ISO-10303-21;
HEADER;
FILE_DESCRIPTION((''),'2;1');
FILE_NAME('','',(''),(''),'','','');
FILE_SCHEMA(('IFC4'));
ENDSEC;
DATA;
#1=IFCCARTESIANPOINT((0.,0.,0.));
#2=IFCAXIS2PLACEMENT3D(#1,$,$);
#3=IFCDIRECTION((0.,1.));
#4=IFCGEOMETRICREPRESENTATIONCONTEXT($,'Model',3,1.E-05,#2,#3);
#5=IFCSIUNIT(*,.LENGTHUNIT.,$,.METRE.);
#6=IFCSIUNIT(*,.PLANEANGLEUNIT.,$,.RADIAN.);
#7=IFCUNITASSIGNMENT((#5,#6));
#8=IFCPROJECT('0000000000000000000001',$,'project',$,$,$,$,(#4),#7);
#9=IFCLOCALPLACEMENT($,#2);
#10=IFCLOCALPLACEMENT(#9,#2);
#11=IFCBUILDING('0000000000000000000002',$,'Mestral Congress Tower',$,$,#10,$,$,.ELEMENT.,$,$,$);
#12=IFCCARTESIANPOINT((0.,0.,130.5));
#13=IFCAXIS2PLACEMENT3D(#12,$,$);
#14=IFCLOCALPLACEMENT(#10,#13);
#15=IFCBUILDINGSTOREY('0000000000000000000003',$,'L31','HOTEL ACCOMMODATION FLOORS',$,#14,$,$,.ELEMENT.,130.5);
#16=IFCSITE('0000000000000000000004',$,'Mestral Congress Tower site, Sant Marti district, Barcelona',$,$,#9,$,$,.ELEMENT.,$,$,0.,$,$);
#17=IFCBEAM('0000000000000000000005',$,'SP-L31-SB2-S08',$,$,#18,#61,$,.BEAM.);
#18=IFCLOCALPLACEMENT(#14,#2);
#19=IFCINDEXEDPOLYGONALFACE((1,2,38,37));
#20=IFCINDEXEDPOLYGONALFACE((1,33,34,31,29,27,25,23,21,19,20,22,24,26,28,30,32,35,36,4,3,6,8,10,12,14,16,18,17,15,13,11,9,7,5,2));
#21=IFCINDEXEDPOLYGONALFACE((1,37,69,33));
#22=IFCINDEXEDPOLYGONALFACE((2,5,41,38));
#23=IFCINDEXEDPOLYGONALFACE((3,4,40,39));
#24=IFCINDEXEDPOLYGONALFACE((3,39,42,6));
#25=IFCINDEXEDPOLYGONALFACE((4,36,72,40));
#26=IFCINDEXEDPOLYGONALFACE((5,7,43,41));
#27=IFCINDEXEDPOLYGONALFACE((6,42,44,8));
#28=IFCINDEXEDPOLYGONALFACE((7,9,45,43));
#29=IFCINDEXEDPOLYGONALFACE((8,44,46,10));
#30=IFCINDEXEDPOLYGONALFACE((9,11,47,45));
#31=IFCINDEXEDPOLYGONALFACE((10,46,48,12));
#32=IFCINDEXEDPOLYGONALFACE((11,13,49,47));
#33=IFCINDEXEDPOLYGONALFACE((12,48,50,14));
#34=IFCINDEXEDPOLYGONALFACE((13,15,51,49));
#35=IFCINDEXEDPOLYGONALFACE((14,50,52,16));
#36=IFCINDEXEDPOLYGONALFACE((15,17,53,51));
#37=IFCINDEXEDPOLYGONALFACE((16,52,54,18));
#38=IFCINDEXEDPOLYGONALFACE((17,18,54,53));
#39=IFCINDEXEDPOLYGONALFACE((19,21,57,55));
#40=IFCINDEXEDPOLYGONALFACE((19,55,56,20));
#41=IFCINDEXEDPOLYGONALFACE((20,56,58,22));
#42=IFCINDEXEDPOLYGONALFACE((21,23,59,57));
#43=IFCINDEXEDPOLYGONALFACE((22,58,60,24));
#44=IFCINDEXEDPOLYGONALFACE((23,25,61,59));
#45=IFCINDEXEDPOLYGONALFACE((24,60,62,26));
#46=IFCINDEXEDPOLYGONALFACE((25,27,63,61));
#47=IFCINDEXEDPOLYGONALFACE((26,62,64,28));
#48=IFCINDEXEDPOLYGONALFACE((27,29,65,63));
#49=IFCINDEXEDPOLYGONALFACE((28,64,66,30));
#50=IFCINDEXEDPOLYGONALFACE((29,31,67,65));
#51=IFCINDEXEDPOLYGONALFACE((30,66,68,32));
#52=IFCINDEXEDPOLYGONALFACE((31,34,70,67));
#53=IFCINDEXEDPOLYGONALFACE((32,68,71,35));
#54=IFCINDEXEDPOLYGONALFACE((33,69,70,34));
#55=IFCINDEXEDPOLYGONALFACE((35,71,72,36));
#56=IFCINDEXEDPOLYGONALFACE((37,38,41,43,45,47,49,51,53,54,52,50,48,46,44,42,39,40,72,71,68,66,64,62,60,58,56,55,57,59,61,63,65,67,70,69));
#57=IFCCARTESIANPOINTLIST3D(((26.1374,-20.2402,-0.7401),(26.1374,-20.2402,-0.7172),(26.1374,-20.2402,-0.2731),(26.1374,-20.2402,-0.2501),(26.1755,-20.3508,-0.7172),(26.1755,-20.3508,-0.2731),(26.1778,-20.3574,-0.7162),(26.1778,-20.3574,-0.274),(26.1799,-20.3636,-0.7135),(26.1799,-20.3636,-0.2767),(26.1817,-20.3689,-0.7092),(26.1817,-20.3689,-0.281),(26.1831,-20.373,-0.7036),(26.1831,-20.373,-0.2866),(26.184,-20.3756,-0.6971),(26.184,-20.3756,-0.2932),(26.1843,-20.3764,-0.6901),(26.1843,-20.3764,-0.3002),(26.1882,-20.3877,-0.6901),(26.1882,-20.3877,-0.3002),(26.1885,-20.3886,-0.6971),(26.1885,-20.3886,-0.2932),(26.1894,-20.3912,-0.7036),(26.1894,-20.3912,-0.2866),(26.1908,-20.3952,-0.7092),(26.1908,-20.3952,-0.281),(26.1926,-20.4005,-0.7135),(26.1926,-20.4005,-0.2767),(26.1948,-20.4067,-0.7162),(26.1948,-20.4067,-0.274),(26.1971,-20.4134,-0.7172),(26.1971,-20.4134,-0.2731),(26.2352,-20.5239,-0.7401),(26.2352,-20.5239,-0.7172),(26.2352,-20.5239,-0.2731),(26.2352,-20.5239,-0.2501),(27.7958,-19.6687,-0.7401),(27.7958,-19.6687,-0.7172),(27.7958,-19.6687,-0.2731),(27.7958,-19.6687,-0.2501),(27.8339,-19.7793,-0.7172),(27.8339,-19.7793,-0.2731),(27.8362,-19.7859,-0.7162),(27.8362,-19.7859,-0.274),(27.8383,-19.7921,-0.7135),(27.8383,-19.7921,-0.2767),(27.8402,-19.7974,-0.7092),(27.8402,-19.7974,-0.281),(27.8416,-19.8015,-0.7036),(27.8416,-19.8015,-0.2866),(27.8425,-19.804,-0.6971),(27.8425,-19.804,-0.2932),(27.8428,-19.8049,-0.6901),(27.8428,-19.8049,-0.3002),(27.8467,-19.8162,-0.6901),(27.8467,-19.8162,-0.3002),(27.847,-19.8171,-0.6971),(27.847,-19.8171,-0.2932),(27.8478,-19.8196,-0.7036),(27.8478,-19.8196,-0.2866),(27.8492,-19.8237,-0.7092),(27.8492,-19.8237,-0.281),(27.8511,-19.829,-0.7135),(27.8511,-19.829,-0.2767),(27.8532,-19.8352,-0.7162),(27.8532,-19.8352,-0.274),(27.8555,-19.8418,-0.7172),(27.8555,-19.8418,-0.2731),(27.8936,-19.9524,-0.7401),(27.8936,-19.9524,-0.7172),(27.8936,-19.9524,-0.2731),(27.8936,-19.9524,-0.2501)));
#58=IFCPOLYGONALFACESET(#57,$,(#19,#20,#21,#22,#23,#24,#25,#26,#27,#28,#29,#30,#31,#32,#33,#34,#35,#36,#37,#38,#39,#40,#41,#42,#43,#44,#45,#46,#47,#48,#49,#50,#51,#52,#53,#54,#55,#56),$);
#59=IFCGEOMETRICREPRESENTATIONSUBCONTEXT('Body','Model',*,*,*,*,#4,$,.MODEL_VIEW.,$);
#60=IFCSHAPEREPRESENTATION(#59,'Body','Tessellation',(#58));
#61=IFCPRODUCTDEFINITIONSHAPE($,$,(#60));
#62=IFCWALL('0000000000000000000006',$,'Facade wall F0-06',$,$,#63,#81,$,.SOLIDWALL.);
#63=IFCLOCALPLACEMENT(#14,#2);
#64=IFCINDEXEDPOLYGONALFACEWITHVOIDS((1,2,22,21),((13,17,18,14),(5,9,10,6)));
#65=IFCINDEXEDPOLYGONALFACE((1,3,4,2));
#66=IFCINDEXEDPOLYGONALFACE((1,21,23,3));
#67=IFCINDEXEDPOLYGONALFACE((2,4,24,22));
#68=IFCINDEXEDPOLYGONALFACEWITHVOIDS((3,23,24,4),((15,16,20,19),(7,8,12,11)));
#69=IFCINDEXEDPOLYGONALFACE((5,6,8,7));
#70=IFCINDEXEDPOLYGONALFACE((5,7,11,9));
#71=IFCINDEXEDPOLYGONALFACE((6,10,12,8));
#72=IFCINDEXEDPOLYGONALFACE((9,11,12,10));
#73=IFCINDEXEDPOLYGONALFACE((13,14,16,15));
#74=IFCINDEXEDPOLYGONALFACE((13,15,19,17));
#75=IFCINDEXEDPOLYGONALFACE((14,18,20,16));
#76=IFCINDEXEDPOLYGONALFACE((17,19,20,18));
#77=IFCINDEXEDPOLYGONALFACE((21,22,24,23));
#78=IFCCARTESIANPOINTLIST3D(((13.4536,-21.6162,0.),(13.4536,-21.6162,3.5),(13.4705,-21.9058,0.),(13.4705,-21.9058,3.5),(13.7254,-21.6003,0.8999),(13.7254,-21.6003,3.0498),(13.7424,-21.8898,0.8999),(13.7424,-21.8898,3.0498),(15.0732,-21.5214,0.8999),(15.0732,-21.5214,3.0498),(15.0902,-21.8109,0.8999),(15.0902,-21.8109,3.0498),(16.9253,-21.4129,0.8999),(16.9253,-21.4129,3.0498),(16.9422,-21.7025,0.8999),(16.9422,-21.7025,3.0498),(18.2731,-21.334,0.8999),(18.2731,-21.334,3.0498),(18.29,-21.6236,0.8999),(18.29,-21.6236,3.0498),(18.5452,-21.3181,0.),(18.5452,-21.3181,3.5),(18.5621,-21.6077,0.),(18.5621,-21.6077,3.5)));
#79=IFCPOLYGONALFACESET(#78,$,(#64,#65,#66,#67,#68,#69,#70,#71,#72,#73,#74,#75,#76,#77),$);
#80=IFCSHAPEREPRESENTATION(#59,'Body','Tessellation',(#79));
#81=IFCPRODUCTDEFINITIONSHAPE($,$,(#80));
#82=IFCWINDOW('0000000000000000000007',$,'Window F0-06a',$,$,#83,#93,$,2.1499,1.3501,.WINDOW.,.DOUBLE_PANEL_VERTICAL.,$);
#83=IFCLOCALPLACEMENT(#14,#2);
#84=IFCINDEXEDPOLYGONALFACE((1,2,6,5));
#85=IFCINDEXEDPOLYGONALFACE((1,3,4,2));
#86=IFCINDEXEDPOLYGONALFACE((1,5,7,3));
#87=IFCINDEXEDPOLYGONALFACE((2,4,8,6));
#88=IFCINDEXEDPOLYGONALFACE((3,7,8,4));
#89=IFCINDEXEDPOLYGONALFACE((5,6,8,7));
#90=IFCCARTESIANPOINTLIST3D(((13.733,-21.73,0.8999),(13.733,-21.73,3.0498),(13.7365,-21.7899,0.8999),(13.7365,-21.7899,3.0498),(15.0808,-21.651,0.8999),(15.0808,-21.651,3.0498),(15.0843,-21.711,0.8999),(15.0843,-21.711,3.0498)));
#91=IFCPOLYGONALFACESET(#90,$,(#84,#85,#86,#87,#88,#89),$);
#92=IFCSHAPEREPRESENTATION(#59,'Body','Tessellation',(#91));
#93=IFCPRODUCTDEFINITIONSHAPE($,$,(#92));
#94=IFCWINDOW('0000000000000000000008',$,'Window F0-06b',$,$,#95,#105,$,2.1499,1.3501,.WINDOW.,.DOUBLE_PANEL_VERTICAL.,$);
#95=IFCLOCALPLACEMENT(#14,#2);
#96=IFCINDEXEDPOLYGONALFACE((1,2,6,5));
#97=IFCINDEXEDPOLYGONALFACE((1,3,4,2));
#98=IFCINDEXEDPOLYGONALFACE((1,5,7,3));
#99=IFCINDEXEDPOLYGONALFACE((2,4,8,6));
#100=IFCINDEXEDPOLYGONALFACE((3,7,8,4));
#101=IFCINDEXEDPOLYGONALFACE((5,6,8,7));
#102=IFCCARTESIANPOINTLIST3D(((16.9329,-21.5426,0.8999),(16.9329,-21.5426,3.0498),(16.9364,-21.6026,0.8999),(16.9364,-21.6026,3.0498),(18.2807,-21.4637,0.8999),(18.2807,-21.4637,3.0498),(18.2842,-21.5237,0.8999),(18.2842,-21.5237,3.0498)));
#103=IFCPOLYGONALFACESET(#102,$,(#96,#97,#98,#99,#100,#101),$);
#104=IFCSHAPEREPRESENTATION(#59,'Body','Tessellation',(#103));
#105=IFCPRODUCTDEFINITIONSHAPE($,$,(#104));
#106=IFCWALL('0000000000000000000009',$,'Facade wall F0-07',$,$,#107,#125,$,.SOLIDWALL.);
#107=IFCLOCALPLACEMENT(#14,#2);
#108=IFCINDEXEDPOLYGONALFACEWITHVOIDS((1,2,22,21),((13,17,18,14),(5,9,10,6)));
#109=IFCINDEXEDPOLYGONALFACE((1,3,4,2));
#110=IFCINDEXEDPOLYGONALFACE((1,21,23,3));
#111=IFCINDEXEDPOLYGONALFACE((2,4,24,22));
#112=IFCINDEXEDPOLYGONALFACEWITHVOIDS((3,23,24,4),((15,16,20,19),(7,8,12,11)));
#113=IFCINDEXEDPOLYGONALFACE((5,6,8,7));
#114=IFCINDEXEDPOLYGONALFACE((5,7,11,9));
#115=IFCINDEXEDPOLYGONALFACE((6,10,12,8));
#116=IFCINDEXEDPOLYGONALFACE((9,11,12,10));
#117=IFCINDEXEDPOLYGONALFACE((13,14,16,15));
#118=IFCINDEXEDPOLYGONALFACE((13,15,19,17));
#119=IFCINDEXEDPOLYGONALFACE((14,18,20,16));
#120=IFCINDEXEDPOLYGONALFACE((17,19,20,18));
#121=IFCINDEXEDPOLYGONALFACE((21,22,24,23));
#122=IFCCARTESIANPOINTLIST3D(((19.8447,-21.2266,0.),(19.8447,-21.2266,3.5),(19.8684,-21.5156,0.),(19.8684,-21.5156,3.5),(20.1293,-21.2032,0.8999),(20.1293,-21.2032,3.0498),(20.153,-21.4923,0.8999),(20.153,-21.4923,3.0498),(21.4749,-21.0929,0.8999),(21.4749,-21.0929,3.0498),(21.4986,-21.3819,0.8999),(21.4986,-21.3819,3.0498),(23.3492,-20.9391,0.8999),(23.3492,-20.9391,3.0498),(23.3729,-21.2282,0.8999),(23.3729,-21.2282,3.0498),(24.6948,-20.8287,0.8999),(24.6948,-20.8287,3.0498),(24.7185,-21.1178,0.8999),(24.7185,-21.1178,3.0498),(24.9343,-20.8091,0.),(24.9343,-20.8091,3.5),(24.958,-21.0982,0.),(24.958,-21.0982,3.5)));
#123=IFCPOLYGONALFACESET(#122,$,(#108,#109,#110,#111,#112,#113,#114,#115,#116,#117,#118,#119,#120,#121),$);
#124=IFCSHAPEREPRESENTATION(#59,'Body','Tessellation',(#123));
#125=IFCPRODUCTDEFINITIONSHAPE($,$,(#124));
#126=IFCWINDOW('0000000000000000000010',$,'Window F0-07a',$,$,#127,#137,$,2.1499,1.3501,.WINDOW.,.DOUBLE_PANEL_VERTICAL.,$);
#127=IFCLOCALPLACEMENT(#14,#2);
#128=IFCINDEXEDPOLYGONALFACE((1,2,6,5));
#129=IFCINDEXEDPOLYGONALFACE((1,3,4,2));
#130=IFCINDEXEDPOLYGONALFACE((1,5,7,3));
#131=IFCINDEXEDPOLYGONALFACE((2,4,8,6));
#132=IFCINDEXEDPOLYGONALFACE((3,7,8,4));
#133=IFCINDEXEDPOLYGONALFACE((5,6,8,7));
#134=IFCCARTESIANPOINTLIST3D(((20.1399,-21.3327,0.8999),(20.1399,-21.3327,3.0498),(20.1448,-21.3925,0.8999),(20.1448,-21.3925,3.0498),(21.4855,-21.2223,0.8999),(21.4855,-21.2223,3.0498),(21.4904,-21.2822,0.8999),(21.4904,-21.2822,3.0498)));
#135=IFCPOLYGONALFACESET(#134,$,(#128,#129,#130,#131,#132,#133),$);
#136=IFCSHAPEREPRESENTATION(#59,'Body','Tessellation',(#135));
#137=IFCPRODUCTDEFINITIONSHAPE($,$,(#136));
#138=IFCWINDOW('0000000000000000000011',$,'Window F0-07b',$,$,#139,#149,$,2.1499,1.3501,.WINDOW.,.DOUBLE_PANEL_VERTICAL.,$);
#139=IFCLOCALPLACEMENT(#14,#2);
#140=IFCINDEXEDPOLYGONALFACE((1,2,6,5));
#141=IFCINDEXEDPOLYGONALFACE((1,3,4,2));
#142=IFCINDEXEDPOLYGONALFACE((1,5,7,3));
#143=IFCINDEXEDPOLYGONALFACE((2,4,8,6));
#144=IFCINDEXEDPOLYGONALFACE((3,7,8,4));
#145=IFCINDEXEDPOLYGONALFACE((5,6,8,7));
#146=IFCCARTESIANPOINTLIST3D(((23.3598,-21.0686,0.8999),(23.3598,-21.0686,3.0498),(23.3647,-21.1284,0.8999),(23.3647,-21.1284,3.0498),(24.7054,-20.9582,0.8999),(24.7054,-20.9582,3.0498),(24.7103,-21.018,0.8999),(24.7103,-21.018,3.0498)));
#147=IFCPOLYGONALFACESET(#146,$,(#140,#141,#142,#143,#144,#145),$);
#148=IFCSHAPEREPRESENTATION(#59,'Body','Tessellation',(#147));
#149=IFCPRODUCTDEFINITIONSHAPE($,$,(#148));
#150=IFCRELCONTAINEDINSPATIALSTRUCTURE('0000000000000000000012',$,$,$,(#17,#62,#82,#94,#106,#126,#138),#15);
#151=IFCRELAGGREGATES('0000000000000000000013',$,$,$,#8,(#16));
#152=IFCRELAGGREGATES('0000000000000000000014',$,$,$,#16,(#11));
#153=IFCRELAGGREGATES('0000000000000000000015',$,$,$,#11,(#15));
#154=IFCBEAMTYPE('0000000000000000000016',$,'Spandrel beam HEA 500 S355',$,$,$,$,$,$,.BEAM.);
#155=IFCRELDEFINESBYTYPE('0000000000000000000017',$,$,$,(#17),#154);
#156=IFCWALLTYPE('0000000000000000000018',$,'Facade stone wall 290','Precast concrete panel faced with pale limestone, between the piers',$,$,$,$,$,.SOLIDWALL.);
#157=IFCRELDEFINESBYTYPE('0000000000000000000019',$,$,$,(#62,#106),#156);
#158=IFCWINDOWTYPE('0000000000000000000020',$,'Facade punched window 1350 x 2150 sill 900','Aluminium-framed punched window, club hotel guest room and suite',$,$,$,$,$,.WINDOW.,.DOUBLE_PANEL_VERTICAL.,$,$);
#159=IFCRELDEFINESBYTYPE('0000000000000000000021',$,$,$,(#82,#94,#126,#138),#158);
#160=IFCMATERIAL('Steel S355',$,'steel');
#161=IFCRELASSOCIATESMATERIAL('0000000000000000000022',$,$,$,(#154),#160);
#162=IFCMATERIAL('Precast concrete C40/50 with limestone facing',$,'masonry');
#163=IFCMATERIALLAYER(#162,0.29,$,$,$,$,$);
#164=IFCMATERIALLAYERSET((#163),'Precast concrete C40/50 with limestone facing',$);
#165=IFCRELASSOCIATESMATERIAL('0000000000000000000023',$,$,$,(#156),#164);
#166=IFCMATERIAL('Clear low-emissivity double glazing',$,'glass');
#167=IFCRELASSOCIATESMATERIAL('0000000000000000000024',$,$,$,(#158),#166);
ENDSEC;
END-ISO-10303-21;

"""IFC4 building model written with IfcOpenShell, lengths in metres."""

from ifc_helpers import new_model, si_unit, direction, frame, frame_2d, origin, origin_2d, place, context, subcontext, project, spatial, rectangle, i_section, extrude, material, layer, layer_set, material_profile, profile_set, type_object, element, fill, save


model = new_model("IFC4")

# Units and contexts
model_context = context("Model", 3, precision=1e-05, world=origin(), true_north=direction((0.0, 1.0)))
body_context = subcontext(model_context, "Body", "Model", "MODEL_VIEW")
ifc_project = project(units=[si_unit("LENGTHUNIT", "METRE"), si_unit("PLANEANGLEUNIT", "RADIAN")], contexts=[model_context])

# Site, building, storey
site_placement = place(None, origin())
site = spatial("IfcSite", under=ifc_project, at=site_placement, Name="Mestral Congress Tower site, Sant Marti district, Barcelona", CompositionType="ELEMENT", RefElevation=0.0)
building_placement = place(site_placement, origin())
building = spatial("IfcBuilding", under=site, at=building_placement, Name="Mestral Congress Tower", CompositionType="ELEMENT")
storey_placement = place(building_placement, frame((0.0, 0.0, 130.5)))
storey = spatial("IfcBuildingStorey", under=building, at=storey_placement, Name="L31", Description="HOTEL ACCOMMODATION FLOORS", CompositionType="ELEMENT", Elevation=130.5)

# Beam
ifc_material_1 = material(Name="Steel S355", Category="steel")
ifc_material_profile_1 = material_profile(ifc_material_1, i_section(OverallWidth=0.3, OverallDepth=0.49, WebThickness=0.012, FlangeThickness=0.0229, FilletRadius=0.0271, at=origin_2d()), Name="HEA 500")
ifc_profile_set_1 = profile_set([ifc_material_profile_1], Name="Steel S355")
beam_type_1 = type_object("IfcBeamType", Name="Spandrel beam HEA 500 S355", PredefinedType="BEAM", material=ifc_profile_set_1)
beam_1_placement = place(storey_placement, frame((26.1863, -20.3821, -0.4951), z_axis=(0.945434, 0.325815, 0.0), x_axis=(-0.325815, 0.945434, 0.0)))
element("IfcBeam", 1, at=beam_1_placement, inside=storey, type_object=beam_type_1, Name="SP-L31-SB2-S08", PredefinedType="BEAM", context=body_context, shape_type="SweptSolid", body=[
    extrude(i_section(OverallWidth=0.3, OverallDepth=0.49, WebThickness=0.012, FlangeThickness=0.0229, FilletRadius=0.0271, at=origin_2d()), origin(), (0.0, 0.0, 1.0), 1.7542),
])

# Walls, openings, windows
ifc_material_2 = material(Name="Precast concrete C40/50 with limestone facing", Category="masonry")
ifc_layer_1 = layer(ifc_material_2, 0.29)
ifc_layer_set_1 = layer_set([ifc_layer_1], Name="Precast concrete C40/50 with limestone facing")
wall_type_1 = type_object("IfcWallType", Name="Facade stone wall 290", Description="Precast concrete panel faced with pale limestone, between the piers", PredefinedType="SOLIDWALL", material=ifc_layer_set_1)
wall_1_placement = place(storey_placement, frame((13.4619, -21.761, 0.0), z_axis=(0.0, 0.0, 1.0), x_axis=(0.998291, 0.058447, 0.0)))
wall_1 = element("IfcWall", 2, at=wall_1_placement, inside=storey, type_object=wall_type_1, Name="Facade wall F0-06", PredefinedType="SOLIDWALL", context=body_context, shape_type="SweptSolid", body=[
    extrude(rectangle(XDim=5.1003, YDim=0.29, at=frame_2d((2.5503, 0.0))), origin(), (0.0, 0.0, 1.0), 3.5),
])
opening_1_placement = place(wall_1_placement, frame((0.2725, 0.0, 0.8999)))
opening_1 = element("IfcOpeningElement", 3, at=opening_1_placement, cuts=wall_1, PredefinedType="OPENING", context=body_context, shape_type="SweptSolid", body=[
    extrude(rectangle(XDim=1.3501, YDim=2.1499, at=frame_2d((0.675, 1.075))), frame((0.0, 0.155, 0.0), z_axis=(0.0, -1.0, 0.0), x_axis=(1.0, 0.0, 0.0)), (0.0, 0.0, 1.0), 0.3101),
])
opening_2_placement = place(wall_1_placement, frame((3.4778, 0.0, 0.8999)))
opening_2 = element("IfcOpeningElement", 4, at=opening_2_placement, cuts=wall_1, PredefinedType="OPENING", context=body_context, shape_type="SweptSolid", body=[
    extrude(rectangle(XDim=1.3501, YDim=2.1499, at=frame_2d((0.675, 1.075))), frame((0.0, 0.155, 0.0), z_axis=(0.0, -1.0, 0.0), x_axis=(1.0, 0.0, 0.0)), (0.0, 0.0, 1.0), 0.3101),
])
ifc_material_3 = material(Name="Clear low-emissivity double glazing", Category="glass")
window_type_1 = type_object("IfcWindowType", Name="Facade punched window 1350 x 2150 sill 900", Description="Aluminium-framed punched window, club hotel guest room and suite", PartitioningType="DOUBLE_PANEL_VERTICAL", PredefinedType="WINDOW", material=ifc_material_3)
window_1_placement = place(opening_1_placement, origin())
window_1 = element("IfcWindow", 5, at=window_1_placement, inside=storey, type_object=window_type_1, Name="Window F0-06a", OverallHeight=2.1499, OverallWidth=1.3501, PartitioningType="DOUBLE_PANEL_VERTICAL", PredefinedType="WINDOW", context=body_context, shape_type="SweptSolid", body=[
    extrude(rectangle(XDim=1.3501, YDim=2.1499, at=frame_2d((0.675, 1.075))), frame((0.0, 0.0151, 0.0), z_axis=(0.0, -1.0, 0.0), x_axis=(1.0, 0.0, 0.0)), (0.0, 0.0, 1.0), 0.0601),
])
fill(opening_1, window_1)
window_2_placement = place(opening_2_placement, origin())
window_2 = element("IfcWindow", 6, at=window_2_placement, inside=storey, type_object=window_type_1, Name="Window F0-06b", OverallHeight=2.1499, OverallWidth=1.3501, PartitioningType="DOUBLE_PANEL_VERTICAL", PredefinedType="WINDOW", context=body_context, shape_type="SweptSolid", body=[
    extrude(rectangle(XDim=1.3501, YDim=2.1499, at=frame_2d((0.675, 1.075))), frame((0.0, 0.0151, 0.0), z_axis=(0.0, -1.0, 0.0), x_axis=(1.0, 0.0, 0.0)), (0.0, 0.0, 1.0), 0.0601),
])
fill(opening_2, window_2)
wall_2_placement = place(storey_placement, frame((19.8567, -21.3711, 0.0), z_axis=(0.0, 0.0, 1.0), x_axis=(0.996653, 0.081752, 0.0)))
wall_2 = element("IfcWall", 7, at=wall_2_placement, inside=storey, type_object=wall_type_1, Name="Facade wall F0-07", PredefinedType="SOLIDWALL", context=body_context, shape_type="SweptSolid", body=[
    extrude(rectangle(XDim=5.1067, YDim=0.29, at=frame_2d((2.5532, 0.0))), origin(), (0.0, 0.0, 1.0), 3.5),
])
opening_3_placement = place(wall_2_placement, frame((0.2854, 0.0, 0.8999)))
opening_3 = element("IfcOpeningElement", 8, at=opening_3_placement, cuts=wall_2, PredefinedType="OPENING", context=body_context, shape_type="SweptSolid", body=[
    extrude(rectangle(XDim=1.3501, YDim=2.1499, at=frame_2d((0.675, 1.075))), frame((0.0, 0.155, 0.0), z_axis=(0.0, -1.0, 0.0), x_axis=(1.0, 0.0, 0.0)), (0.0, 0.0, 1.0), 0.3101),
])
opening_4_placement = place(wall_2_placement, frame((3.5161, 0.0, 0.8999)))
opening_4 = element("IfcOpeningElement", 9, at=opening_4_placement, cuts=wall_2, PredefinedType="OPENING", context=body_context, shape_type="SweptSolid", body=[
    extrude(rectangle(XDim=1.3501, YDim=2.1499, at=frame_2d((0.675, 1.075))), frame((0.0, 0.155, 0.0), z_axis=(0.0, -1.0, 0.0), x_axis=(1.0, 0.0, 0.0)), (0.0, 0.0, 1.0), 0.3101),
])
window_3_placement = place(opening_3_placement, origin())
window_3 = element("IfcWindow", 10, at=window_3_placement, inside=storey, type_object=window_type_1, Name="Window F0-07a", OverallHeight=2.1499, OverallWidth=1.3501, PartitioningType="DOUBLE_PANEL_VERTICAL", PredefinedType="WINDOW", context=body_context, shape_type="SweptSolid", body=[
    extrude(rectangle(XDim=1.3501, YDim=2.1499, at=frame_2d((0.675, 1.075))), frame((0.0, 0.0151, 0.0), z_axis=(0.0, -1.0, 0.0), x_axis=(1.0, 0.0, 0.0)), (0.0, 0.0, 1.0), 0.0601),
])
fill(opening_3, window_3)
window_4_placement = place(opening_4_placement, origin())
window_4 = element("IfcWindow", 11, at=window_4_placement, inside=storey, type_object=window_type_1, Name="Window F0-07b", OverallHeight=2.1499, OverallWidth=1.3501, PartitioningType="DOUBLE_PANEL_VERTICAL", PredefinedType="WINDOW", context=body_context, shape_type="SweptSolid", body=[
    extrude(rectangle(XDim=1.3501, YDim=2.1499, at=frame_2d((0.675, 1.075))), frame((0.0, 0.0151, 0.0), z_axis=(0.0, -1.0, 0.0), x_axis=(1.0, 0.0, 0.0)), (0.0, 0.0, 1.0), 0.0601),
])
fill(opening_4, window_4)

save(model, "model.ifc")
